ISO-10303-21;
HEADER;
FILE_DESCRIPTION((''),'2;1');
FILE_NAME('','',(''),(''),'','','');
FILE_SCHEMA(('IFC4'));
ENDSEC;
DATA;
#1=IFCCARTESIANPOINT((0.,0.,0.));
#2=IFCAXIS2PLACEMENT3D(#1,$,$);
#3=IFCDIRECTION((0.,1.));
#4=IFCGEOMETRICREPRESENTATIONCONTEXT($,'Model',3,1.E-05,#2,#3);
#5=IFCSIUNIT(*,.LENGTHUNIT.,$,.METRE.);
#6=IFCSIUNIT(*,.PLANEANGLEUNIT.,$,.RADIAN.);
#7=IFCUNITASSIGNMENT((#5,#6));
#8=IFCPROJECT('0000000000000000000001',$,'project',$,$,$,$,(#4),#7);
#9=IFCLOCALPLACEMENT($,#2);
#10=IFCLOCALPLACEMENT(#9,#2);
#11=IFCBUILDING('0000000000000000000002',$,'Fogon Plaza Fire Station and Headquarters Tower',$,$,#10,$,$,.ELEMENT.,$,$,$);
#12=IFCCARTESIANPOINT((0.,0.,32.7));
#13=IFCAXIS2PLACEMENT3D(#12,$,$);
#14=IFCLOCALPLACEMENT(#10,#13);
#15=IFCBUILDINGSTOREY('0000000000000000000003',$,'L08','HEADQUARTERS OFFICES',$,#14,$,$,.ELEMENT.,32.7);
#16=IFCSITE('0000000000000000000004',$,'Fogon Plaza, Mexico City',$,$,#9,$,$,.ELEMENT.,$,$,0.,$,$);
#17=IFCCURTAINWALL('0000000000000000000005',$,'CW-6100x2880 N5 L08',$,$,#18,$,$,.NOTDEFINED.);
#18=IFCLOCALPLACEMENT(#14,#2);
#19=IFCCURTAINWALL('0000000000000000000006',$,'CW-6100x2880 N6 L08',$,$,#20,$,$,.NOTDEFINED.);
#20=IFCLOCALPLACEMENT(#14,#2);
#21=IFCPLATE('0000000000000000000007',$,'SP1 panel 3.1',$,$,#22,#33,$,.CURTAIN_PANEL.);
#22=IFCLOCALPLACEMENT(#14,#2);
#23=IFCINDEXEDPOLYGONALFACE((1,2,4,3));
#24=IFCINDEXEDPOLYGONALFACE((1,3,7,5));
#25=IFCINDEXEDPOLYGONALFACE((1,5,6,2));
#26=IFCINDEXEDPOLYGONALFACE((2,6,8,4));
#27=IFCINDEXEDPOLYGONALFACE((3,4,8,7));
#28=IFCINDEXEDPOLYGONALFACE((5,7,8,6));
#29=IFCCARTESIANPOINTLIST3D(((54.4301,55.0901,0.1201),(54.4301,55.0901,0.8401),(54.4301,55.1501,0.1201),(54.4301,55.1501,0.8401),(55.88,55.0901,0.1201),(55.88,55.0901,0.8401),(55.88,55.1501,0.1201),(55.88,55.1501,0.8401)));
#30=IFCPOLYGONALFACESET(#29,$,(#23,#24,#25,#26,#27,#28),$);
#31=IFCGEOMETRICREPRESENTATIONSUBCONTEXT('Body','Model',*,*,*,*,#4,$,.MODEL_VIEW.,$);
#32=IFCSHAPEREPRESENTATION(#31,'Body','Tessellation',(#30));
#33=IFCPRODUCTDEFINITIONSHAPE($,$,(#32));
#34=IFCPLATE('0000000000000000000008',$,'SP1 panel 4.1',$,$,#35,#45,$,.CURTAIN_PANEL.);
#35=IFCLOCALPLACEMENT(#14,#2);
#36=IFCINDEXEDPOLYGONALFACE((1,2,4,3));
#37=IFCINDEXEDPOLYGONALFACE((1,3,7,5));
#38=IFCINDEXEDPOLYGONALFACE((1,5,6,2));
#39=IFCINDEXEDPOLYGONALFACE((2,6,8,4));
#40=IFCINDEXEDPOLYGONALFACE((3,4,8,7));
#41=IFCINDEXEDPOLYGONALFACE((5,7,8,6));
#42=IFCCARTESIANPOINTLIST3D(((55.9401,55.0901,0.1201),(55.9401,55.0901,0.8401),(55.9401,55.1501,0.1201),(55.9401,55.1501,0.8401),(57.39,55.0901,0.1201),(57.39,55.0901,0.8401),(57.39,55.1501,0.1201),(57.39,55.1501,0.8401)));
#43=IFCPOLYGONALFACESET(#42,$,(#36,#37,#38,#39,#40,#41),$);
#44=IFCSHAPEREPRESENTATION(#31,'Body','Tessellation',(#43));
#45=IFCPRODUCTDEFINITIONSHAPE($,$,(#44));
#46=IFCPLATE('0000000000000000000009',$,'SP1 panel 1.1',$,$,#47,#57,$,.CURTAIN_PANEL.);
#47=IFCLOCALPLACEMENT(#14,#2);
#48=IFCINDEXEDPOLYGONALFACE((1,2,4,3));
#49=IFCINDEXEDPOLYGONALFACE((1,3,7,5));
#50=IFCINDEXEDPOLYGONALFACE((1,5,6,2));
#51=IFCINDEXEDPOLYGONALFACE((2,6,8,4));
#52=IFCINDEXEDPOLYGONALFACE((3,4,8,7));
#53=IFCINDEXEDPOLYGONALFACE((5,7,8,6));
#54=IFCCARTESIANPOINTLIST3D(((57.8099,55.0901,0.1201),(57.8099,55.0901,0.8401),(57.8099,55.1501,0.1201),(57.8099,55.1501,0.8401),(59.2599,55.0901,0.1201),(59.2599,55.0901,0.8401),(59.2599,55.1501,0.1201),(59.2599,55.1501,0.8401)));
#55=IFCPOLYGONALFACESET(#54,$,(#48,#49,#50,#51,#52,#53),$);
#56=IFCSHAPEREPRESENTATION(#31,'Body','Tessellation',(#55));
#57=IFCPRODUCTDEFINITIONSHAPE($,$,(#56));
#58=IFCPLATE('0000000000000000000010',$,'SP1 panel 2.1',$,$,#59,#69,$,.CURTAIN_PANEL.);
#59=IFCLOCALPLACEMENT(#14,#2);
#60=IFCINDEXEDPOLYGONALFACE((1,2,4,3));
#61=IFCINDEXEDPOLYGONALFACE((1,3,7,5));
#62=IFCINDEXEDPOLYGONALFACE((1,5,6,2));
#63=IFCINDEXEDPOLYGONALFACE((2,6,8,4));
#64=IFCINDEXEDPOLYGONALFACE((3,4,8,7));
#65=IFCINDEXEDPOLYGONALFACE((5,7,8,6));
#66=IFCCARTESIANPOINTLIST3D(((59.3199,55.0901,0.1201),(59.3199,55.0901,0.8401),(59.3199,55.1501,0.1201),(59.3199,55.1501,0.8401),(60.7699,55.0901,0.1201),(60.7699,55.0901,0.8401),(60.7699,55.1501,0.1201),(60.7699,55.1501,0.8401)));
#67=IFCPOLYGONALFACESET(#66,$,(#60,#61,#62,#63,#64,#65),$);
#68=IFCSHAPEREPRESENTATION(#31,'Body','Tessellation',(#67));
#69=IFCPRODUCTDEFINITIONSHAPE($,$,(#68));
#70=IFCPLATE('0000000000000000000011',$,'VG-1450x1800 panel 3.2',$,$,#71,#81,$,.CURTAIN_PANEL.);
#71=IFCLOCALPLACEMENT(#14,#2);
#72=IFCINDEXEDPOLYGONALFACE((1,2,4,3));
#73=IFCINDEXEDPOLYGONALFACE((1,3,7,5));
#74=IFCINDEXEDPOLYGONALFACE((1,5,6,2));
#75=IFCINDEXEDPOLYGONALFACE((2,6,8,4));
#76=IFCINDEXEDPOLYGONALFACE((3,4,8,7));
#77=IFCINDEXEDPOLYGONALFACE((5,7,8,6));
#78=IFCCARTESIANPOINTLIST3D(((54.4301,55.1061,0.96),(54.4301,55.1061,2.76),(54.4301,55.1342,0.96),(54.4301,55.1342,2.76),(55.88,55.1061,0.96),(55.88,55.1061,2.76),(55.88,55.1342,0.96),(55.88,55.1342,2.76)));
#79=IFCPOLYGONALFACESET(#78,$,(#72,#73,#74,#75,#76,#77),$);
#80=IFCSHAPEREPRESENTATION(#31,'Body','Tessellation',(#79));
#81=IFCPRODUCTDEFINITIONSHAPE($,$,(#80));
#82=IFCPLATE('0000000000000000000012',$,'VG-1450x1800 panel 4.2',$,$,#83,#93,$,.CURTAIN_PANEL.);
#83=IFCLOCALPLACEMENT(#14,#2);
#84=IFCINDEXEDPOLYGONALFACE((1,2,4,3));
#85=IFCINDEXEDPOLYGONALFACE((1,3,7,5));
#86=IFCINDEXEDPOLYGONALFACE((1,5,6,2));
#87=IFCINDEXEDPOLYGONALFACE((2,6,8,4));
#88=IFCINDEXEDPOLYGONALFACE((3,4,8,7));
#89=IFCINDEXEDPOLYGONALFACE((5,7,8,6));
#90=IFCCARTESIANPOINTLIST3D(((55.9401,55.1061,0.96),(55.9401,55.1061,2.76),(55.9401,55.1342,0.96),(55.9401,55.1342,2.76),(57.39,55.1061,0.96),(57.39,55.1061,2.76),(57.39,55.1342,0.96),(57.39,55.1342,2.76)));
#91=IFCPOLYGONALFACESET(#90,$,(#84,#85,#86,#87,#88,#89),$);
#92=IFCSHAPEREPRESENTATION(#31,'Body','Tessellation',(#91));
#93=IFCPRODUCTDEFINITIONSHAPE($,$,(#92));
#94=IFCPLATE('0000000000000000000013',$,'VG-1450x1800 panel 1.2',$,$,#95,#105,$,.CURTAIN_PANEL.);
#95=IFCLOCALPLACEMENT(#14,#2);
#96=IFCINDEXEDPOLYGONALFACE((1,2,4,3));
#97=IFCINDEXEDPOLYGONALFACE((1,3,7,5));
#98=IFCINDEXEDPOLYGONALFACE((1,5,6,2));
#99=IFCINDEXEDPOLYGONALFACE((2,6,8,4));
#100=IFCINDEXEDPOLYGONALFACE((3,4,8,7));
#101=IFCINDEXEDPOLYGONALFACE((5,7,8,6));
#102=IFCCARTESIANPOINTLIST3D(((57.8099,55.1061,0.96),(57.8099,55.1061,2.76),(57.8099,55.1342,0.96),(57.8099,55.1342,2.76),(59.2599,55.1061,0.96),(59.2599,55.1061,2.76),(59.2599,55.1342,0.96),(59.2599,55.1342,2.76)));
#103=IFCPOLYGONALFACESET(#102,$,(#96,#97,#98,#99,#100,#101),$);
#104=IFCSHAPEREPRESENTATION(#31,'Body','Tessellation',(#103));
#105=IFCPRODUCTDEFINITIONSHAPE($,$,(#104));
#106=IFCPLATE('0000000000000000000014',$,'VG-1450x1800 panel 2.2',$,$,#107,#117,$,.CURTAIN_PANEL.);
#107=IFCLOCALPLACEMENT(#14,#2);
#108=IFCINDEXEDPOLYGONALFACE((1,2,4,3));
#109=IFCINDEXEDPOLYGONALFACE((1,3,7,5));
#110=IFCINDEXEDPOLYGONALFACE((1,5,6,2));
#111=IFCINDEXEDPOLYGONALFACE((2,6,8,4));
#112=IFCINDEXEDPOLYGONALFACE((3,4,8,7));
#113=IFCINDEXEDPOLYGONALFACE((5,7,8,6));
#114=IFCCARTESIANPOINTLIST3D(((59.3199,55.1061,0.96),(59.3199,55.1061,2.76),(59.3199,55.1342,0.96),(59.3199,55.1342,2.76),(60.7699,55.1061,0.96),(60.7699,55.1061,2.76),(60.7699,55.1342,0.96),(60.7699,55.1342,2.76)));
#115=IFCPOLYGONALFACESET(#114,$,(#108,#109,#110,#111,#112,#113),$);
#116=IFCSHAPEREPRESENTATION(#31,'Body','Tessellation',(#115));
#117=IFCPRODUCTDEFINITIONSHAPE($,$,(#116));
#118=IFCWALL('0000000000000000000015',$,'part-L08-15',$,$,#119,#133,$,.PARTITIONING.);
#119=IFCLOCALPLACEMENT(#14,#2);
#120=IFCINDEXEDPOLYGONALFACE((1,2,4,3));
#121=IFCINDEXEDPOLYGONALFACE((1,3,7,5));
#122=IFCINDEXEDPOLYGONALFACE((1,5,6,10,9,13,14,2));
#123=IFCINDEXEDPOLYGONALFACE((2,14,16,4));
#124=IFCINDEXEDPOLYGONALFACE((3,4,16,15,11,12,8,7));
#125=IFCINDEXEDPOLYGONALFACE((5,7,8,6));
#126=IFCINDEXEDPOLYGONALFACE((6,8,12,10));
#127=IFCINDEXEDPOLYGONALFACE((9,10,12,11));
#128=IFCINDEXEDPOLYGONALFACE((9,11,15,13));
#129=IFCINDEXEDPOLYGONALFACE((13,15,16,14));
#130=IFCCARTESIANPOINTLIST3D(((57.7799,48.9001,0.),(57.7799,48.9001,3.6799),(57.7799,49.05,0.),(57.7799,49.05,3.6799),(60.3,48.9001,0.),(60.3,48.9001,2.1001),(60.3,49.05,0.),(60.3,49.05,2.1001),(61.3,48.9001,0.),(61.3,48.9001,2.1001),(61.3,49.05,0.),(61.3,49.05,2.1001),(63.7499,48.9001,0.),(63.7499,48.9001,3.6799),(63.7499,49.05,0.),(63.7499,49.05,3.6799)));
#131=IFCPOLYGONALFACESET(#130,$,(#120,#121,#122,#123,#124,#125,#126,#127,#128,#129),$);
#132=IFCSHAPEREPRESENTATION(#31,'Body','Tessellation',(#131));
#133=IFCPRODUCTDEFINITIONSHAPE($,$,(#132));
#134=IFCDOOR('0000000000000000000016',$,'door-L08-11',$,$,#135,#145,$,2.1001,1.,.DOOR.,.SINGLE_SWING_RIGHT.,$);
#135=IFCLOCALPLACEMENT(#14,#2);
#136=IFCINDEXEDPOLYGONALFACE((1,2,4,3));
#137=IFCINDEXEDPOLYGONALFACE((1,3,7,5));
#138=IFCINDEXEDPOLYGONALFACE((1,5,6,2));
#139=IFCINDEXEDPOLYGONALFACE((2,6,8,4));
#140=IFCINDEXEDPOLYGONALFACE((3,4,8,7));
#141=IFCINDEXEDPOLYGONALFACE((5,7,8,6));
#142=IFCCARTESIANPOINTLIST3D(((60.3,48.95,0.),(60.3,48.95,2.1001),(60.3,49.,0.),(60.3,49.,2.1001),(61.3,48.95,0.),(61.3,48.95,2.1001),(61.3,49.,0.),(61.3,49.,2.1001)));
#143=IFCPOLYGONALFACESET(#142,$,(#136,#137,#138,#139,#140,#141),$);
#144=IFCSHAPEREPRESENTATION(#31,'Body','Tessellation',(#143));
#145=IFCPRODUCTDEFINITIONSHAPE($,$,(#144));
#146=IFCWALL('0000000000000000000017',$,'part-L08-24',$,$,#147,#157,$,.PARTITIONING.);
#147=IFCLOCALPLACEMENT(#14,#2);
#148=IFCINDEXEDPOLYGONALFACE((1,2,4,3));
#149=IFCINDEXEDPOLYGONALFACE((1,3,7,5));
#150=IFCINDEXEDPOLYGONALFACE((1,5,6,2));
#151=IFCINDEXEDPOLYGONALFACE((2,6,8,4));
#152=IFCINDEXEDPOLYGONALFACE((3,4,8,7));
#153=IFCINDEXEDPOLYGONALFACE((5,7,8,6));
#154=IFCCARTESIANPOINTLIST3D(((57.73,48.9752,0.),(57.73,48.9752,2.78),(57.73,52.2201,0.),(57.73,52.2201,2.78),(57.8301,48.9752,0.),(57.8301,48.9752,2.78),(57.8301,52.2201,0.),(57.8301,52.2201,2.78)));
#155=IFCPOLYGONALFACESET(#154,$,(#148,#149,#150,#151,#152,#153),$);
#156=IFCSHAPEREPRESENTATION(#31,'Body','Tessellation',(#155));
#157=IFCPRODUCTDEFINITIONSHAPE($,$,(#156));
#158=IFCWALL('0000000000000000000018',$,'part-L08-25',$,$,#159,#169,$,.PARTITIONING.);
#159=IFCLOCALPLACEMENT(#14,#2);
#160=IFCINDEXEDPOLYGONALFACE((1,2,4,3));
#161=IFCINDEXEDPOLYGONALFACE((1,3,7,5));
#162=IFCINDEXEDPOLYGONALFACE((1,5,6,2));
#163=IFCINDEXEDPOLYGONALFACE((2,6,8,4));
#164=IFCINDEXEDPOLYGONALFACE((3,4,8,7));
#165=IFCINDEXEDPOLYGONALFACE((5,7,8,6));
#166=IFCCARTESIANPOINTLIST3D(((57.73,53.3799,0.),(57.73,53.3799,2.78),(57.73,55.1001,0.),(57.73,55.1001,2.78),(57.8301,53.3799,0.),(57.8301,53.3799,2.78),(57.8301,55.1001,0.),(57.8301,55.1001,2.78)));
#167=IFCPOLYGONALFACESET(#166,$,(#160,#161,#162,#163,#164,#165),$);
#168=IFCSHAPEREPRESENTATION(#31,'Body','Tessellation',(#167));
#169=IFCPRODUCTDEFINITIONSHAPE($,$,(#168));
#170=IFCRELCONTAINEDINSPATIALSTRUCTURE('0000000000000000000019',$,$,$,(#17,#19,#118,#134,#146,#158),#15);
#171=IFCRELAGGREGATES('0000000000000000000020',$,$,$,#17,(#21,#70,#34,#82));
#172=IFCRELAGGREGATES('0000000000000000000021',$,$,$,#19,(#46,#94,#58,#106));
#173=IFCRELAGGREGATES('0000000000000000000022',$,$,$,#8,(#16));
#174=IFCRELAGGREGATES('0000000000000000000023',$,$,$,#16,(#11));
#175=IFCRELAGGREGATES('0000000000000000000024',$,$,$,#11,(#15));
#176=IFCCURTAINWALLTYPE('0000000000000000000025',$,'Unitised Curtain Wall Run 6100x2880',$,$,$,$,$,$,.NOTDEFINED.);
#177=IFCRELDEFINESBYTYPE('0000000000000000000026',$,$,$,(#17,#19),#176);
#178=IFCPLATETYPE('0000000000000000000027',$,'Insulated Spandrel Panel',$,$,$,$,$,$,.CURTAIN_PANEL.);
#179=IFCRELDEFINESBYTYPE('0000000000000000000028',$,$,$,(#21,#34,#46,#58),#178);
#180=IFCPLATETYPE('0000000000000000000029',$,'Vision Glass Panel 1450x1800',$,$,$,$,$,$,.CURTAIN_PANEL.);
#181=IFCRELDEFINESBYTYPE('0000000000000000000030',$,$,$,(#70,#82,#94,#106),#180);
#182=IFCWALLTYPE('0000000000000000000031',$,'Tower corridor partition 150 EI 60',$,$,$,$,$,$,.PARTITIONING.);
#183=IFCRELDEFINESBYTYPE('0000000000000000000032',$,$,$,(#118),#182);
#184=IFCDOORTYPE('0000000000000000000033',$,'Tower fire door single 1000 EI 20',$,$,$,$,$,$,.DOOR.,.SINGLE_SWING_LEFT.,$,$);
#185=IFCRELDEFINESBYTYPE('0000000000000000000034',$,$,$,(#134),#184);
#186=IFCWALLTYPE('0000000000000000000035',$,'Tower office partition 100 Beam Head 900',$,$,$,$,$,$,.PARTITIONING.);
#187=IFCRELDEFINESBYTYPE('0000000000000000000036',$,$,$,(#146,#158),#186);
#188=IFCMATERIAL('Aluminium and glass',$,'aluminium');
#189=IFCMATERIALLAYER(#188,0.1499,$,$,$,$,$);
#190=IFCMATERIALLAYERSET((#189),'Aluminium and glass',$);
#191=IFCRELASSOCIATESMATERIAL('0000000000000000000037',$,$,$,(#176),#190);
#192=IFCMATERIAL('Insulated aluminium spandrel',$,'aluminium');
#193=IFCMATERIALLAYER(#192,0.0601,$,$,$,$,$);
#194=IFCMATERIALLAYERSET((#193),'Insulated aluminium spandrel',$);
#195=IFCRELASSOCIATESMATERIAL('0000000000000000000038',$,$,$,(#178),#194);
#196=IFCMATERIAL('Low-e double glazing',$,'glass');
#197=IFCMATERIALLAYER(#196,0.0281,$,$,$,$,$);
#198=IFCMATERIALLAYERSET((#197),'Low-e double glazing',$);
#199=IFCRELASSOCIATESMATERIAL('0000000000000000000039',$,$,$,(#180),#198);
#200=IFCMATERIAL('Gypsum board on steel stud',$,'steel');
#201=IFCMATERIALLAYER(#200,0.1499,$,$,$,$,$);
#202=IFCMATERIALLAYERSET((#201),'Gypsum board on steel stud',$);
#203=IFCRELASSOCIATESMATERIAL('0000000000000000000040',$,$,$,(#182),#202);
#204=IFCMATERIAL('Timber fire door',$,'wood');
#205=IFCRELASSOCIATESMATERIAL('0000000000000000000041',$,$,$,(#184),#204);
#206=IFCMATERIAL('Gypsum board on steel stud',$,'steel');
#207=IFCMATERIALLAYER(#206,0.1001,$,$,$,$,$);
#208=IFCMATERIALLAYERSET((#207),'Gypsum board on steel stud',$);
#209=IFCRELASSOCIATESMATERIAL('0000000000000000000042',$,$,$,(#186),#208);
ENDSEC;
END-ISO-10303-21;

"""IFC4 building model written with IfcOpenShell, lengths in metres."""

from ifc_helpers import new_model, si_unit, direction, frame, frame_2d, origin, origin_2d, place, context, subcontext, project, spatial, rectangle, extrude, material, layer, layer_set, type_object, element, fill, aggregate, save


model = new_model("IFC4")

# Units and contexts
model_context = context("Model", 3, precision=1e-05, world=origin(), true_north=direction((0.0, 1.0)))
body_context = subcontext(model_context, "Body", "Model", "MODEL_VIEW")
ifc_project = project(units=[si_unit("LENGTHUNIT", "METRE"), si_unit("PLANEANGLEUNIT", "RADIAN")], contexts=[model_context])

# Site, building, storey
site_placement = place(None, origin())
site = spatial("IfcSite", under=ifc_project, at=site_placement, Name="Fogon Plaza, Mexico City", CompositionType="ELEMENT", RefElevation=0.0)
building_placement = place(site_placement, origin())
building = spatial("IfcBuilding", under=site, at=building_placement, Name="Fogon Plaza Fire Station and Headquarters Tower", CompositionType="ELEMENT")
storey_placement = place(building_placement, frame((0.0, 0.0, 32.7)))
storey = spatial("IfcBuildingStorey", under=building, at=storey_placement, Name="L08", Description="HEADQUARTERS OFFICES", CompositionType="ELEMENT", Elevation=32.7)

# Curtain walls
ifc_material_1 = material(Name="Aluminium and glass", Category="aluminium")
ifc_layer_1 = layer(ifc_material_1, 0.1499)
ifc_layer_set_1 = layer_set([ifc_layer_1], Name="Aluminium and glass")
curtain_wall_type = type_object("IfcCurtainWallType", Name="Unitised Curtain Wall Run 6100x2880", PredefinedType="NOTDEFINED", material=ifc_layer_set_1)
curtain_wall_1_placement = place(storey_placement, origin())
curtain_wall_1 = element("IfcCurtainWall", 1, at=curtain_wall_1_placement, inside=storey, type_object=curtain_wall_type, Name="CW-6100x2880 N5 L08", PredefinedType="NOTDEFINED")
curtain_wall_2_placement = place(storey_placement, origin())
curtain_wall_2 = element("IfcCurtainWall", 2, at=curtain_wall_2_placement, inside=storey, type_object=curtain_wall_type, Name="CW-6100x2880 N6 L08", PredefinedType="NOTDEFINED")

# Plates
ifc_material_2 = material(Name="Insulated aluminium spandrel", Category="aluminium")
ifc_layer_2 = layer(ifc_material_2, 0.0601)
ifc_layer_set_2 = layer_set([ifc_layer_2], Name="Insulated aluminium spandrel")
plate_type_1 = type_object("IfcPlateType", Name="Insulated Spandrel Panel", PredefinedType="CURTAIN_PANEL", material=ifc_layer_set_2)
plate_1_placement = place(storey_placement, frame((55.155, 55.1201, 0.1201), z_axis=(0.0, 0.0, 1.0), x_axis=(1.0, 0.0, 0.0)))
plate_1 = element("IfcPlate", 3, at=plate_1_placement, type_object=plate_type_1, Name="SP1 panel 3.1", PredefinedType="CURTAIN_PANEL", context=body_context, shape_type="SweptSolid", body=[
    extrude(rectangle(XDim=1.45, YDim=0.0601, at=origin_2d()), origin(), (0.0, 0.0, 1.0), 0.72),
])
plate_2_placement = place(storey_placement, frame((56.665, 55.1201, 0.1201), z_axis=(0.0, 0.0, 1.0), x_axis=(1.0, 0.0, 0.0)))
plate_2 = element("IfcPlate", 4, at=plate_2_placement, type_object=plate_type_1, Name="SP1 panel 4.1", PredefinedType="CURTAIN_PANEL", context=body_context, shape_type="SweptSolid", body=[
    extrude(rectangle(XDim=1.45, YDim=0.0601, at=origin_2d()), origin(), (0.0, 0.0, 1.0), 0.72),
])
plate_3_placement = place(storey_placement, frame((58.5349, 55.1201, 0.1201), z_axis=(0.0, 0.0, 1.0), x_axis=(1.0, 0.0, 0.0)))
plate_3 = element("IfcPlate", 5, at=plate_3_placement, type_object=plate_type_1, Name="SP1 panel 1.1", PredefinedType="CURTAIN_PANEL", context=body_context, shape_type="SweptSolid", body=[
    extrude(rectangle(XDim=1.45, YDim=0.0601, at=origin_2d()), origin(), (0.0, 0.0, 1.0), 0.72),
])
plate_4_placement = place(storey_placement, frame((60.0449, 55.1201, 0.1201), z_axis=(0.0, 0.0, 1.0), x_axis=(1.0, 0.0, 0.0)))
plate_4 = element("IfcPlate", 6, at=plate_4_placement, type_object=plate_type_1, Name="SP1 panel 2.1", PredefinedType="CURTAIN_PANEL", context=body_context, shape_type="SweptSolid", body=[
    extrude(rectangle(XDim=1.45, YDim=0.0601, at=origin_2d()), origin(), (0.0, 0.0, 1.0), 0.72),
])
ifc_material_3 = material(Name="Low-e double glazing", Category="glass")
ifc_layer_3 = layer(ifc_material_3, 0.0281)
ifc_layer_set_3 = layer_set([ifc_layer_3], Name="Low-e double glazing")
plate_type_2 = type_object("IfcPlateType", Name="Vision Glass Panel 1450x1800", PredefinedType="CURTAIN_PANEL", material=ifc_layer_set_3)
plate_5_placement = place(storey_placement, frame((55.155, 55.1201, 0.96), z_axis=(0.0, 0.0, 1.0), x_axis=(1.0, 0.0, 0.0)))
plate_5 = element("IfcPlate", 7, at=plate_5_placement, type_object=plate_type_2, Name="VG-1450x1800 panel 3.2", PredefinedType="CURTAIN_PANEL", context=body_context, shape_type="SweptSolid", body=[
    extrude(rectangle(XDim=1.45, YDim=0.0281, at=origin_2d()), origin(), (0.0, 0.0, 1.0), 1.8),
])
plate_6_placement = place(storey_placement, frame((56.665, 55.1201, 0.96), z_axis=(0.0, 0.0, 1.0), x_axis=(1.0, 0.0, 0.0)))
plate_6 = element("IfcPlate", 8, at=plate_6_placement, type_object=plate_type_2, Name="VG-1450x1800 panel 4.2", PredefinedType="CURTAIN_PANEL", context=body_context, shape_type="SweptSolid", body=[
    extrude(rectangle(XDim=1.45, YDim=0.0281, at=origin_2d()), origin(), (0.0, 0.0, 1.0), 1.8),
])
aggregate(curtain_wall_1, [plate_1, plate_5, plate_2, plate_6])
plate_7_placement = place(storey_placement, frame((58.5349, 55.1201, 0.96), z_axis=(0.0, 0.0, 1.0), x_axis=(1.0, 0.0, 0.0)))
plate_7 = element("IfcPlate", 9, at=plate_7_placement, type_object=plate_type_2, Name="VG-1450x1800 panel 1.2", PredefinedType="CURTAIN_PANEL", context=body_context, shape_type="SweptSolid", body=[
    extrude(rectangle(XDim=1.45, YDim=0.0281, at=origin_2d()), origin(), (0.0, 0.0, 1.0), 1.8),
])
plate_8_placement = place(storey_placement, frame((60.0449, 55.1201, 0.96), z_axis=(0.0, 0.0, 1.0), x_axis=(1.0, 0.0, 0.0)))
plate_8 = element("IfcPlate", 10, at=plate_8_placement, type_object=plate_type_2, Name="VG-1450x1800 panel 2.2", PredefinedType="CURTAIN_PANEL", context=body_context, shape_type="SweptSolid", body=[
    extrude(rectangle(XDim=1.45, YDim=0.0281, at=origin_2d()), origin(), (0.0, 0.0, 1.0), 1.8),
])
aggregate(curtain_wall_2, [plate_3, plate_7, plate_4, plate_8])

# Wall, opening, door
ifc_material_4 = material(Name="Gypsum board on steel stud", Category="steel")
ifc_layer_4 = layer(ifc_material_4, 0.1499)
ifc_layer_set_4 = layer_set([ifc_layer_4], Name="Gypsum board on steel stud")
wall_type_1 = type_object("IfcWallType", Name="Tower corridor partition 150 EI 60", PredefinedType="PARTITIONING", material=ifc_layer_set_4)
wall_1_placement = place(storey_placement, frame((57.78, 48.9751, 0.0), z_axis=(0.0, 0.0, 1.0), x_axis=(1.0, 0.0, 0.0)))
wall_1 = element("IfcWall", 11, at=wall_1_placement, inside=storey, type_object=wall_type_1, Name="part-L08-15", PredefinedType="PARTITIONING", context=body_context, shape_type="SweptSolid", body=[
    extrude(rectangle(XDim=5.97, YDim=0.1499, at=frame_2d((2.9849, 0.0))), origin(), (0.0, 0.0, 1.0), 3.6799),
])
opening_placement = place(wall_1_placement, frame((2.52, 0.0, 0.0)))
opening = element("IfcOpeningElement", 12, at=opening_placement, cuts=wall_1, PredefinedType="OPENING", context=body_context, shape_type="SweptSolid", body=[
    extrude(rectangle(XDim=1.0, YDim=2.1001, at=frame_2d((0.5, 1.05))), frame((0.0, 0.085, 0.0), z_axis=(0.0, -1.0, 0.0), x_axis=(1.0, 0.0, 0.0)), (0.0, 0.0, 1.0), 0.1699),
])
ifc_material_5 = material(Name="Timber fire door", Category="wood")
door_type = type_object("IfcDoorType", Name="Tower fire door single 1000 EI 20", OperationType="SINGLE_SWING_LEFT", PredefinedType="DOOR", material=ifc_material_5)
door_placement = place(opening_placement, origin())
door = element("IfcDoor", 13, at=door_placement, inside=storey, type_object=door_type, Name="door-L08-11", OperationType="SINGLE_SWING_RIGHT", OverallHeight=2.1001, OverallWidth=1.0, PredefinedType="DOOR", context=body_context, shape_type="SweptSolid", body=[
    extrude(rectangle(XDim=1.0, YDim=2.1001, at=frame_2d((0.5, 1.05))), frame((0.0, 0.0249, 0.0), z_axis=(0.0, -1.0, 0.0), x_axis=(1.0, 0.0, 0.0)), (0.0, 0.0, 1.0), 0.05),
])
fill(opening, door)

# Walls
ifc_material_6 = material(Name="Gypsum board on steel stud", Category="steel")
ifc_layer_5 = layer(ifc_material_6, 0.1001)
ifc_layer_set_5 = layer_set([ifc_layer_5], Name="Gypsum board on steel stud")
wall_type_2 = type_object("IfcWallType", Name="Tower office partition 100 Beam Head 900", PredefinedType="PARTITIONING", material=ifc_layer_set_5)
wall_2_placement = place(storey_placement, frame((57.78, 48.9751, 0.0), z_axis=(0.0, 0.0, 1.0), x_axis=(0.0, 1.0, 0.0)))
element("IfcWall", 14, at=wall_2_placement, inside=storey, type_object=wall_type_2, Name="part-L08-24", PredefinedType="PARTITIONING", context=body_context, shape_type="SweptSolid", body=[
    extrude(rectangle(XDim=3.2449, YDim=0.1001, at=frame_2d((1.6226, 0.0))), origin(), (0.0, 0.0, 1.0), 2.78),
])
wall_3_placement = place(storey_placement, frame((57.78, 53.3799, 0.0), z_axis=(0.0, 0.0, 1.0), x_axis=(0.0, 1.0, 0.0)))
element("IfcWall", 15, at=wall_3_placement, inside=storey, type_object=wall_type_2, Name="part-L08-25", PredefinedType="PARTITIONING", context=body_context, shape_type="SweptSolid", body=[
    extrude(rectangle(XDim=1.7202, YDim=0.1001, at=frame_2d((0.8601, 0.0))), origin(), (0.0, 0.0, 1.0), 2.78),
])

save(model, "model.ifc")
